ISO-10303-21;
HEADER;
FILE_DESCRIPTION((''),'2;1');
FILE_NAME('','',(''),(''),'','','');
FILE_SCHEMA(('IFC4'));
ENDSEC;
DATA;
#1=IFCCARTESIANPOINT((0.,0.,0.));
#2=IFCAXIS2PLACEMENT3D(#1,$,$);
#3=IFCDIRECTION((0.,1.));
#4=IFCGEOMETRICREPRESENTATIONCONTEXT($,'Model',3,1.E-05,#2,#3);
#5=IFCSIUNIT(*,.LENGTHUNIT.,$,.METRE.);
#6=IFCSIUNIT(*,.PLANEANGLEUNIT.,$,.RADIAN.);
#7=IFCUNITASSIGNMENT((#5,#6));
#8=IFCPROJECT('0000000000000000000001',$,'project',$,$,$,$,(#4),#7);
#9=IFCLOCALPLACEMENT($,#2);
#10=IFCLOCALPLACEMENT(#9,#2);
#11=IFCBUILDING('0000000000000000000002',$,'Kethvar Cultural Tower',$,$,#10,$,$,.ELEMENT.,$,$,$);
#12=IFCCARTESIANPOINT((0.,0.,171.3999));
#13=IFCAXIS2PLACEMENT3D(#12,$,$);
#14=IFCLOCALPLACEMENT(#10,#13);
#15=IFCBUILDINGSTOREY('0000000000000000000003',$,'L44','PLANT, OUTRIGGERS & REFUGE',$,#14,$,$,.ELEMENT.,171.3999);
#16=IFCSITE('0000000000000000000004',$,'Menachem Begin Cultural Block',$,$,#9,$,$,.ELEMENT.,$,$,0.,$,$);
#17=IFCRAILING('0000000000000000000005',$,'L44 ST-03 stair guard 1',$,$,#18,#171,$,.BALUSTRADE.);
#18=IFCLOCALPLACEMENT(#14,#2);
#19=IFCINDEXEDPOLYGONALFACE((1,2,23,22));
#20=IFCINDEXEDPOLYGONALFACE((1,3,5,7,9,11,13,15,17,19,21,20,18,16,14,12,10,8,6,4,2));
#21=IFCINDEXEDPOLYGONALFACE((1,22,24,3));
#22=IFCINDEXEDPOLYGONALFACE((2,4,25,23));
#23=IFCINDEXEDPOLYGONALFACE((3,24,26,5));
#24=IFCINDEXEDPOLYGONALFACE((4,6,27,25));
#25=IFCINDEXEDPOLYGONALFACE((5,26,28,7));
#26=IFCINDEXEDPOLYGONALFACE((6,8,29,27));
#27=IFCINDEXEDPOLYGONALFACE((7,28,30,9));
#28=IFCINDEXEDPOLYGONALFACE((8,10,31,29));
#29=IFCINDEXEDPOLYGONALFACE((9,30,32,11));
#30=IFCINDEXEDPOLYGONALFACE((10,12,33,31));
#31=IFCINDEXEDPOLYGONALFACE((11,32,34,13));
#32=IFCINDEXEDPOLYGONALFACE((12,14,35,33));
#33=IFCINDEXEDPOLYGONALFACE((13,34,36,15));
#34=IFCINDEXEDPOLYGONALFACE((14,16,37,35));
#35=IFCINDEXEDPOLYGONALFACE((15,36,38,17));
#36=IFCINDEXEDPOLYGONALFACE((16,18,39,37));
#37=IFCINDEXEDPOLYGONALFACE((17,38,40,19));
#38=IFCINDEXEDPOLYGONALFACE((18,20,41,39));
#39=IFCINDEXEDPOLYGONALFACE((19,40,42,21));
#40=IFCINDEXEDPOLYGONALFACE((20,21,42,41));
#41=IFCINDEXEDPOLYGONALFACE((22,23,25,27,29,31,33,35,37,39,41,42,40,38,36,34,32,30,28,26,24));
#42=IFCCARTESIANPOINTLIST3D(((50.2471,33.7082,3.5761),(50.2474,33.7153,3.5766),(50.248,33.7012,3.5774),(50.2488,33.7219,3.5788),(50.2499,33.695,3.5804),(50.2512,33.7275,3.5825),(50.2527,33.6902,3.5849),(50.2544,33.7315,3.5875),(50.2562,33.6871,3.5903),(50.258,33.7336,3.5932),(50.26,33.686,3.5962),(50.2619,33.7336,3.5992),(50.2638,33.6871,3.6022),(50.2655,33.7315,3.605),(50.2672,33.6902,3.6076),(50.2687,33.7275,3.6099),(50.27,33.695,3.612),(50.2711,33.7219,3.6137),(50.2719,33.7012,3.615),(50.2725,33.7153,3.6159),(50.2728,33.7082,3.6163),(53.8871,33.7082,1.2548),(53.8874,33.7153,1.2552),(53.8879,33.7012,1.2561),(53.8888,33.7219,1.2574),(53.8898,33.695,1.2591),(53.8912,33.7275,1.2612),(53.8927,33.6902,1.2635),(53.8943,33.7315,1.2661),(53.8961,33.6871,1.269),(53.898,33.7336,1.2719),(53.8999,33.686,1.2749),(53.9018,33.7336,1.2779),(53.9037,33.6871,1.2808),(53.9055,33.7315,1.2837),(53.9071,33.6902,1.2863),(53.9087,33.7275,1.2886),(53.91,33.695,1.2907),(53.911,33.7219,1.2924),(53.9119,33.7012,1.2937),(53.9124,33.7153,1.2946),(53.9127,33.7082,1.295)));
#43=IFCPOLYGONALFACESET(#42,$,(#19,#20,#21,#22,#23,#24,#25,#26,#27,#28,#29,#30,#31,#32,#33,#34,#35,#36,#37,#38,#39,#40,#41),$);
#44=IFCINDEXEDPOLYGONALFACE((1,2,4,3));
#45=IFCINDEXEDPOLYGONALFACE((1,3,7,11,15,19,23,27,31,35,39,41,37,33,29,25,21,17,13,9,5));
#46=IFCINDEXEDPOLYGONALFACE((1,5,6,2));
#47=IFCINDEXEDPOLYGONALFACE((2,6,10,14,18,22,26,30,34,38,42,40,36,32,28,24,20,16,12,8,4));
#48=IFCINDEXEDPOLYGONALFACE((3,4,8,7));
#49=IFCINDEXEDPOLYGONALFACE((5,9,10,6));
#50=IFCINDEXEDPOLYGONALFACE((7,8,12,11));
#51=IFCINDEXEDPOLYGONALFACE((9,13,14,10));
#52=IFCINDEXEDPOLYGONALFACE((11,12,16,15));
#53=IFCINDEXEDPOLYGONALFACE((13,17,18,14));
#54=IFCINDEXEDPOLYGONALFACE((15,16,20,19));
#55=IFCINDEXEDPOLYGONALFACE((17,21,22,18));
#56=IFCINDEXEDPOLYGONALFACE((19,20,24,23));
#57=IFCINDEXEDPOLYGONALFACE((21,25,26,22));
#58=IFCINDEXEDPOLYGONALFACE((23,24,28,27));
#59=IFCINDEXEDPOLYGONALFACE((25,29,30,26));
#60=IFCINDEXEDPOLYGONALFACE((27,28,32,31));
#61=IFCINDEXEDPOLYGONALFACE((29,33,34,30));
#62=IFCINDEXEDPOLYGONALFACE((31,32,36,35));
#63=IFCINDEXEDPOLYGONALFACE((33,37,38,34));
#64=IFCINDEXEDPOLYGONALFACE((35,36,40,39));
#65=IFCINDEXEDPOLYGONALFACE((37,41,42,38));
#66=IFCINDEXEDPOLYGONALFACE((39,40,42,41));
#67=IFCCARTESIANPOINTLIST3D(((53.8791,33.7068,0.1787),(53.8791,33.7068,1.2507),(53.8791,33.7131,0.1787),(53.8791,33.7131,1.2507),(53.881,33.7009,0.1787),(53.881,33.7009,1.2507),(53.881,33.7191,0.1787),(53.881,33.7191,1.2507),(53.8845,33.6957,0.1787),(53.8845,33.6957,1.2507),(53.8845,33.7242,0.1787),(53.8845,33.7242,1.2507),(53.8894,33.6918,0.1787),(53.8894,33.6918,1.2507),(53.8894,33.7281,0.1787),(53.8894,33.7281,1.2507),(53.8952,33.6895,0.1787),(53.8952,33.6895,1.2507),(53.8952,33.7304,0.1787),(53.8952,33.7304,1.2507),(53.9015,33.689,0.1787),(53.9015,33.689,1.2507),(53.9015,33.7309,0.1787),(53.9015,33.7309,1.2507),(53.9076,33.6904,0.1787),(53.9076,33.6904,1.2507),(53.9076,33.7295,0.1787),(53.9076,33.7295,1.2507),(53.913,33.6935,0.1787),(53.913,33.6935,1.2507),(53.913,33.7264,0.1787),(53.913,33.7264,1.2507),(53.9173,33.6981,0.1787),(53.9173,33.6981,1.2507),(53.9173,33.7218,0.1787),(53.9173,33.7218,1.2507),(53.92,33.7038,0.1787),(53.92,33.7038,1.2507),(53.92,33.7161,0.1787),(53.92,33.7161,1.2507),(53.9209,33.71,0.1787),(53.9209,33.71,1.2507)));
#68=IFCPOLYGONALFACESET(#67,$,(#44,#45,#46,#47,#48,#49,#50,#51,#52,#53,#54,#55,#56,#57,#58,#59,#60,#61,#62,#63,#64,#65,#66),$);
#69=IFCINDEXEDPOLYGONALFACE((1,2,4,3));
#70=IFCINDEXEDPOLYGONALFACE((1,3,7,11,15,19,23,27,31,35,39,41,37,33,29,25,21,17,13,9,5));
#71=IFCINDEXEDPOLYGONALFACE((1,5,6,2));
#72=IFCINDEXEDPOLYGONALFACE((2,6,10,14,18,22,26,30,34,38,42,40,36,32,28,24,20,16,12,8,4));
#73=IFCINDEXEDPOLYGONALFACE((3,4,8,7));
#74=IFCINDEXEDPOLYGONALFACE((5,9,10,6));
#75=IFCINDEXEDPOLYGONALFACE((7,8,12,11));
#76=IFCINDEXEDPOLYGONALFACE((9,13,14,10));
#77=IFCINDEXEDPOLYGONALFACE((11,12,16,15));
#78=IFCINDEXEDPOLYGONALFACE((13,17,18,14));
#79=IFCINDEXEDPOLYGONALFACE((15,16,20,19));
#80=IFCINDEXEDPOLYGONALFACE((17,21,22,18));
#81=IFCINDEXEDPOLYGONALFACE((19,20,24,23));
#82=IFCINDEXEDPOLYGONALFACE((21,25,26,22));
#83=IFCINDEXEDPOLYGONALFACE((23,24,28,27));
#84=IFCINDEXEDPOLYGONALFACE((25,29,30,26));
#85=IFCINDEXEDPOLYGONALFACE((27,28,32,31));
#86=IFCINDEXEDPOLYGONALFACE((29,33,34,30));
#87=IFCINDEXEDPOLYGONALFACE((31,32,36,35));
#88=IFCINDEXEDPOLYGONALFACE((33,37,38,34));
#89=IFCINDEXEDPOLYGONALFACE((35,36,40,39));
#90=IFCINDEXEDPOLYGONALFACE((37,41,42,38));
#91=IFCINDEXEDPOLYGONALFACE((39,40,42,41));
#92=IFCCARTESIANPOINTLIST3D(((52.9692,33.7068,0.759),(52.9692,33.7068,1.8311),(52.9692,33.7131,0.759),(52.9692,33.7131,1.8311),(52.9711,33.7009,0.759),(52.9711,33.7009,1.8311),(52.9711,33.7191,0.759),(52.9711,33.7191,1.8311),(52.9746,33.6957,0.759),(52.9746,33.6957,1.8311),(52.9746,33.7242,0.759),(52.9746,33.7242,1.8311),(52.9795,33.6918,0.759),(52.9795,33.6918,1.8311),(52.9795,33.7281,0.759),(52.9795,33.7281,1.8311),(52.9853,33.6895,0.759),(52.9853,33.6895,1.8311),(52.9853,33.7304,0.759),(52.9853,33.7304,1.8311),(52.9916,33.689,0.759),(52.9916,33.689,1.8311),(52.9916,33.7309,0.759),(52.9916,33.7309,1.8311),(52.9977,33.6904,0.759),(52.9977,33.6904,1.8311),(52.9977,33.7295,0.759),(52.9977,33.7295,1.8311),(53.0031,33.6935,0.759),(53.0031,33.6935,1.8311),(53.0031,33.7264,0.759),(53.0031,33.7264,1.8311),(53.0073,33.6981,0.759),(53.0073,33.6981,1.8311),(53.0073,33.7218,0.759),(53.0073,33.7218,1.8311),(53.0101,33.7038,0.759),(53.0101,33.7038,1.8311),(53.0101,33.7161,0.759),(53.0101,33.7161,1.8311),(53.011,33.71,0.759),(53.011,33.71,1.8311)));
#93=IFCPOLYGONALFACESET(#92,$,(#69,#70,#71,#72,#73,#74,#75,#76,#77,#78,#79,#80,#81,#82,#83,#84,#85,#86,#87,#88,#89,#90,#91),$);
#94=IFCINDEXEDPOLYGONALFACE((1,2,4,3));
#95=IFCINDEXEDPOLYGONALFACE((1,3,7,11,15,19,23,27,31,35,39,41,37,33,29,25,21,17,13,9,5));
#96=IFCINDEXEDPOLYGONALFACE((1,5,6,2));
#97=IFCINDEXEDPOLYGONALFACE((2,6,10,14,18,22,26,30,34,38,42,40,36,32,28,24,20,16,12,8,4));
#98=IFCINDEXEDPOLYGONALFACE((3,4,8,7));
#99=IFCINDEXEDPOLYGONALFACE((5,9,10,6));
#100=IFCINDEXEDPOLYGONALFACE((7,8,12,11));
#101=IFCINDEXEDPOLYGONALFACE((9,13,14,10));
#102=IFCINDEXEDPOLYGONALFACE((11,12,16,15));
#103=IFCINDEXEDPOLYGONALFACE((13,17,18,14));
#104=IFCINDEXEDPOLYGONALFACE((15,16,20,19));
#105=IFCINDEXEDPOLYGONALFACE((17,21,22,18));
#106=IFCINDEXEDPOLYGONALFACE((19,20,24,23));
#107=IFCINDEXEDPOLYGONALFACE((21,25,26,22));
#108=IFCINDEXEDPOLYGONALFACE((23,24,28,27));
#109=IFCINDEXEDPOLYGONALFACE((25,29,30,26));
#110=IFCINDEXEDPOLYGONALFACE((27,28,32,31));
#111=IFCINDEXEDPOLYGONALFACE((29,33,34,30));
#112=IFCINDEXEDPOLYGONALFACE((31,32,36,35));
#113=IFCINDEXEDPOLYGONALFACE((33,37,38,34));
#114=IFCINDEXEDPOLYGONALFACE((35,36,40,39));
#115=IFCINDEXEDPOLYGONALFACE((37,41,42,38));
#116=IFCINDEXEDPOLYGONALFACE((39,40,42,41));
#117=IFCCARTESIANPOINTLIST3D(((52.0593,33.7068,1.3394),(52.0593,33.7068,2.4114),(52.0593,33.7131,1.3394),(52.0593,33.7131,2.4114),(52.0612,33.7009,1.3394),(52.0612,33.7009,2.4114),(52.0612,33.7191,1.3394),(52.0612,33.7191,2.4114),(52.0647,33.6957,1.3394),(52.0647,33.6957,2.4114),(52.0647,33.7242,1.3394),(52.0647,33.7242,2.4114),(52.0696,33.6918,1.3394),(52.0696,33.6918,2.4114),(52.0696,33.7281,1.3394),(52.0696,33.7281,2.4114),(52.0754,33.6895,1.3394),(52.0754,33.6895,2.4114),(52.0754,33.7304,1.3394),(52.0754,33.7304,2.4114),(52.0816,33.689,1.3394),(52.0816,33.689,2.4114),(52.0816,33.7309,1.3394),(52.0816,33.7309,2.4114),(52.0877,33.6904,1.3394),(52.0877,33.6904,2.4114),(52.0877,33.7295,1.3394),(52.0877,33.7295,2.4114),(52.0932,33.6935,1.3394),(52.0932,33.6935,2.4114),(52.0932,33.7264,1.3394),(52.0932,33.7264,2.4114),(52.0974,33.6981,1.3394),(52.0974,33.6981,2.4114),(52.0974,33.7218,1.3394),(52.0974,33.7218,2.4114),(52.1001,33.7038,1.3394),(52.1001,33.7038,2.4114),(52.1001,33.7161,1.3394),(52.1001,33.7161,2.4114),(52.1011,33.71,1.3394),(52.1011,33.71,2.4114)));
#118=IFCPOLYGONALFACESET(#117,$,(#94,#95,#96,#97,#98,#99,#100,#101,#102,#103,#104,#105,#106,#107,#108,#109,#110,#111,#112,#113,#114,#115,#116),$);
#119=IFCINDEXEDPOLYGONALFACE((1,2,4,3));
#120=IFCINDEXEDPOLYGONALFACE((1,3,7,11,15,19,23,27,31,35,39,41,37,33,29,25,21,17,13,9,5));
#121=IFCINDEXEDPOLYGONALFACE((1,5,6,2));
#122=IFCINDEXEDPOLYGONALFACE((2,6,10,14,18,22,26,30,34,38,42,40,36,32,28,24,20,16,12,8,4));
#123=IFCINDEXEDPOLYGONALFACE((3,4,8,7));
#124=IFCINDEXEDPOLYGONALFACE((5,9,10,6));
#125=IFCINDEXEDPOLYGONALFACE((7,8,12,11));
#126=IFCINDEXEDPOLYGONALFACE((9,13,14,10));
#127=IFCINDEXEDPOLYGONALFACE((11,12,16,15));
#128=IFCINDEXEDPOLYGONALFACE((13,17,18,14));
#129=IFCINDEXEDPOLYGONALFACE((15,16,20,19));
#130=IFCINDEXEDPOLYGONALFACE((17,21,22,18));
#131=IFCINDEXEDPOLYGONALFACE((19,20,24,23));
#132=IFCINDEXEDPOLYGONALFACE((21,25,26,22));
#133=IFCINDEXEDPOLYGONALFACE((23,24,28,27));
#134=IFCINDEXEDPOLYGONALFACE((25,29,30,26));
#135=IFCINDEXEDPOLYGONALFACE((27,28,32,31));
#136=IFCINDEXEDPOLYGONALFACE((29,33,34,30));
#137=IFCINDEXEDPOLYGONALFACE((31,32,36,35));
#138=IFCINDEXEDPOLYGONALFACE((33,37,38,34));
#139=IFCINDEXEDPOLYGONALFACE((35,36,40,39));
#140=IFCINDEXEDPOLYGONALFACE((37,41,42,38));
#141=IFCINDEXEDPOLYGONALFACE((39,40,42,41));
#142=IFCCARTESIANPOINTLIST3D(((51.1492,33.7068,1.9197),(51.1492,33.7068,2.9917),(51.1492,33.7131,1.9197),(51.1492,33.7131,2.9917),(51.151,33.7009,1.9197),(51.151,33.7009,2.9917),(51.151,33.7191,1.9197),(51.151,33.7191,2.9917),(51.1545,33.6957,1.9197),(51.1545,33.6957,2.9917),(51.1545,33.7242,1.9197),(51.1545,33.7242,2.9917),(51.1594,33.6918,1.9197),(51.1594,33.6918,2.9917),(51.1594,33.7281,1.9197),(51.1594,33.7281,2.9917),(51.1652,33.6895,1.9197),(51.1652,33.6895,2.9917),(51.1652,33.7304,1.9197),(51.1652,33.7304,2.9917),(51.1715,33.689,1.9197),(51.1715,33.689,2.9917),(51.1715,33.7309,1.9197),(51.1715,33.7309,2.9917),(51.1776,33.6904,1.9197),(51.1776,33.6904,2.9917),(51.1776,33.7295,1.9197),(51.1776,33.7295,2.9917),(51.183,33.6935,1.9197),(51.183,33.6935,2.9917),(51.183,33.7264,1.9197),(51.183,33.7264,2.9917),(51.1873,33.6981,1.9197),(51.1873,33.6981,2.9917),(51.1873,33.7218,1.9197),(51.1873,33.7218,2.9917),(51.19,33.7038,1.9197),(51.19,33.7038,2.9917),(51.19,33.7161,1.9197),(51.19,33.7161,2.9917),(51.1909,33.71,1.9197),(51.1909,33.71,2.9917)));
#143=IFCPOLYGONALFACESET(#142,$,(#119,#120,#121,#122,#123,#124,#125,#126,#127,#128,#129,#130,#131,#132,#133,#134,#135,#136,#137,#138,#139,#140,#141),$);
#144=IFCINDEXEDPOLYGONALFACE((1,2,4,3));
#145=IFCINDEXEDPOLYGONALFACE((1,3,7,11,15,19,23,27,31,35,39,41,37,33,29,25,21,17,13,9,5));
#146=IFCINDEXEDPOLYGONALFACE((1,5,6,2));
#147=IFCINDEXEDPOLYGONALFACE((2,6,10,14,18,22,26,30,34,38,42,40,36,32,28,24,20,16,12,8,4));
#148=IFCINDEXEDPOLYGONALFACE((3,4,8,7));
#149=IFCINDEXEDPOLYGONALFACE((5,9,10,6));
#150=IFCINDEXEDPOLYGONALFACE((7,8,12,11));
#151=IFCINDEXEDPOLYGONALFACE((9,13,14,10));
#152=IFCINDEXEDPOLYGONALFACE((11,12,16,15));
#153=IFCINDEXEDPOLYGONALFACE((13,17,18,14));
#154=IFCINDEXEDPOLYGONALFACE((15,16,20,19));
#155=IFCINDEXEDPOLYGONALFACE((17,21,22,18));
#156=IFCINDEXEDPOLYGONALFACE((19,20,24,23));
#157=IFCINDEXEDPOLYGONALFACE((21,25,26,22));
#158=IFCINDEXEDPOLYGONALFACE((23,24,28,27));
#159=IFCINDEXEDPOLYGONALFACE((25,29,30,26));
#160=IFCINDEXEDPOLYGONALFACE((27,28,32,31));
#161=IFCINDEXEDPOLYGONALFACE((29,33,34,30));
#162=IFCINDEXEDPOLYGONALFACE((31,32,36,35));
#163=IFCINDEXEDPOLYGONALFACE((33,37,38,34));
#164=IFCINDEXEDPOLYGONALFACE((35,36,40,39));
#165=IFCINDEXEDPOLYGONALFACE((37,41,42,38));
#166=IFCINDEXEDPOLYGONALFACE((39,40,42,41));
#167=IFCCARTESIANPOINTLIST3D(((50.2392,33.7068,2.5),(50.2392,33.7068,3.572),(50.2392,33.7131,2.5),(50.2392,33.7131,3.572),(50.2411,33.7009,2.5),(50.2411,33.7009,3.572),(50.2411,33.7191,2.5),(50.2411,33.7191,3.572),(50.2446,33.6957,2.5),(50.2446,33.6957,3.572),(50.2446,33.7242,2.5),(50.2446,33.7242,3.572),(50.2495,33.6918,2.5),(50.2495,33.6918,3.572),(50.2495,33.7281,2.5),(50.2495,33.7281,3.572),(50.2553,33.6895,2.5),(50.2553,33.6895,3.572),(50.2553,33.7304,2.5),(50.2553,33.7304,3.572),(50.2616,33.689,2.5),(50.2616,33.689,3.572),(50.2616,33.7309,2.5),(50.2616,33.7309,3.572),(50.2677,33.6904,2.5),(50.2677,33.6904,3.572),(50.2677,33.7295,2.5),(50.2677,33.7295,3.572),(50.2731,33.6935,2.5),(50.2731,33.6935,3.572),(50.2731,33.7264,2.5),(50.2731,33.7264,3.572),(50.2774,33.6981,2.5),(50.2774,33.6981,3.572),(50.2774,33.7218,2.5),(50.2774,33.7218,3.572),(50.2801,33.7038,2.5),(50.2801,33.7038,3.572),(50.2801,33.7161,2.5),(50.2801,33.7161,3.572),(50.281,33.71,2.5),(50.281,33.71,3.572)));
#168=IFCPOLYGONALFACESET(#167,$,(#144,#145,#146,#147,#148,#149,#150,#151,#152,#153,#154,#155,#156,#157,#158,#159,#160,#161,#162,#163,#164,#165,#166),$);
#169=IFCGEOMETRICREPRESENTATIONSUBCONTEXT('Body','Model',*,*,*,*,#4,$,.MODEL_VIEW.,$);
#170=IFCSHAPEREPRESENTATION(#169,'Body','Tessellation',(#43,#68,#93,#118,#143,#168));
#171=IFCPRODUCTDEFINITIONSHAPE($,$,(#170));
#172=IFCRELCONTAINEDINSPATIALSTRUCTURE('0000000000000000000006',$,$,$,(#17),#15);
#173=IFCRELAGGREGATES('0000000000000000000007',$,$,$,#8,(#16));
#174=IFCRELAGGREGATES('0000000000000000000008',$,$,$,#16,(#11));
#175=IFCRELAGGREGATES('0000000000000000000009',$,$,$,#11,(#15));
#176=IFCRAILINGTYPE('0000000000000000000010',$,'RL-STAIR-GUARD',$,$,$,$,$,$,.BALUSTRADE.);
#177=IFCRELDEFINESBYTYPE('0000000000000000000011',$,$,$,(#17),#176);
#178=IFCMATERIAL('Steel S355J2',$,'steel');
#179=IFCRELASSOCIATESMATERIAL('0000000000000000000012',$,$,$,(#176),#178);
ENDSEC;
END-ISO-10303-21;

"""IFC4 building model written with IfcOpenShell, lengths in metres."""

from ifc_helpers import new_model, si_unit, direction, frame, origin, origin_2d, place, context, subcontext, project, spatial, circle, extrude, material, type_object, element, save


model = new_model("IFC4")

# Units and contexts
model_context = context("Model", 3, precision=1e-05, world=origin(), true_north=direction((0.0, 1.0)))
body_context = subcontext(model_context, "Body", "Model", "MODEL_VIEW")
ifc_project = project(units=[si_unit("LENGTHUNIT", "METRE"), si_unit("PLANEANGLEUNIT", "RADIAN")], contexts=[model_context])

# Site, building, storey
site_placement = place(None, origin())
site = spatial("IfcSite", under=ifc_project, at=site_placement, Name="Menachem Begin Cultural Block", CompositionType="ELEMENT", RefElevation=0.0)
building_placement = place(site_placement, origin())
building = spatial("IfcBuilding", under=site, at=building_placement, Name="Kethvar Cultural Tower", CompositionType="ELEMENT")
storey_placement = place(building_placement, frame((0.0, 0.0, 171.3999)))
storey = spatial("IfcBuildingStorey", under=building, at=storey_placement, Name="L44", Description="PLANT, OUTRIGGERS & REFUGE", CompositionType="ELEMENT", Elevation=171.3999)

# Railing
ifc_material_1 = material(Name="Steel S355J2", Category="steel")
railing_type_1 = type_object("IfcRailingType", Name="RL-STAIR-GUARD", PredefinedType="BALUSTRADE", material=ifc_material_1)
railing_1_placement = place(storey_placement, frame((53.8999, 33.71, 0.1787)))
element("IfcRailing", 1, at=railing_1_placement, inside=storey, type_object=railing_type_1, Name="L44 ST-03 stair guard 1", PredefinedType="BALUSTRADE", context=body_context, shape_type="SweptSolid", body=[
    extrude(circle(Radius=0.0239, at=origin_2d()), frame((0.0, 0.0, 1.0962), z_axis=(-0.843137, 0.0, 0.537699), x_axis=(0.0, -1.0, 0.0)), (0.0, 0.0, 1.0), 4.3171),
    extrude(circle(Radius=0.021, at=origin_2d()), origin(), (0.0, 0.0, 1.0), 1.072),
    extrude(circle(Radius=0.021, at=origin_2d()), frame((-0.9099, 0.0, 0.5803)), (0.0, 0.0, 1.0), 1.072),
    extrude(circle(Radius=0.021, at=origin_2d()), frame((-1.8198, 0.0, 1.1606)), (0.0, 0.0, 1.0), 1.072),
    extrude(circle(Radius=0.021, at=origin_2d()), frame((-2.73, 0.0, 1.741)), (0.0, 0.0, 1.0), 1.072),
    extrude(circle(Radius=0.021, at=origin_2d()), frame((-3.6399, 0.0, 2.3213)), (0.0, 0.0, 1.0), 1.072),
])

save(model, "model.ifc")
